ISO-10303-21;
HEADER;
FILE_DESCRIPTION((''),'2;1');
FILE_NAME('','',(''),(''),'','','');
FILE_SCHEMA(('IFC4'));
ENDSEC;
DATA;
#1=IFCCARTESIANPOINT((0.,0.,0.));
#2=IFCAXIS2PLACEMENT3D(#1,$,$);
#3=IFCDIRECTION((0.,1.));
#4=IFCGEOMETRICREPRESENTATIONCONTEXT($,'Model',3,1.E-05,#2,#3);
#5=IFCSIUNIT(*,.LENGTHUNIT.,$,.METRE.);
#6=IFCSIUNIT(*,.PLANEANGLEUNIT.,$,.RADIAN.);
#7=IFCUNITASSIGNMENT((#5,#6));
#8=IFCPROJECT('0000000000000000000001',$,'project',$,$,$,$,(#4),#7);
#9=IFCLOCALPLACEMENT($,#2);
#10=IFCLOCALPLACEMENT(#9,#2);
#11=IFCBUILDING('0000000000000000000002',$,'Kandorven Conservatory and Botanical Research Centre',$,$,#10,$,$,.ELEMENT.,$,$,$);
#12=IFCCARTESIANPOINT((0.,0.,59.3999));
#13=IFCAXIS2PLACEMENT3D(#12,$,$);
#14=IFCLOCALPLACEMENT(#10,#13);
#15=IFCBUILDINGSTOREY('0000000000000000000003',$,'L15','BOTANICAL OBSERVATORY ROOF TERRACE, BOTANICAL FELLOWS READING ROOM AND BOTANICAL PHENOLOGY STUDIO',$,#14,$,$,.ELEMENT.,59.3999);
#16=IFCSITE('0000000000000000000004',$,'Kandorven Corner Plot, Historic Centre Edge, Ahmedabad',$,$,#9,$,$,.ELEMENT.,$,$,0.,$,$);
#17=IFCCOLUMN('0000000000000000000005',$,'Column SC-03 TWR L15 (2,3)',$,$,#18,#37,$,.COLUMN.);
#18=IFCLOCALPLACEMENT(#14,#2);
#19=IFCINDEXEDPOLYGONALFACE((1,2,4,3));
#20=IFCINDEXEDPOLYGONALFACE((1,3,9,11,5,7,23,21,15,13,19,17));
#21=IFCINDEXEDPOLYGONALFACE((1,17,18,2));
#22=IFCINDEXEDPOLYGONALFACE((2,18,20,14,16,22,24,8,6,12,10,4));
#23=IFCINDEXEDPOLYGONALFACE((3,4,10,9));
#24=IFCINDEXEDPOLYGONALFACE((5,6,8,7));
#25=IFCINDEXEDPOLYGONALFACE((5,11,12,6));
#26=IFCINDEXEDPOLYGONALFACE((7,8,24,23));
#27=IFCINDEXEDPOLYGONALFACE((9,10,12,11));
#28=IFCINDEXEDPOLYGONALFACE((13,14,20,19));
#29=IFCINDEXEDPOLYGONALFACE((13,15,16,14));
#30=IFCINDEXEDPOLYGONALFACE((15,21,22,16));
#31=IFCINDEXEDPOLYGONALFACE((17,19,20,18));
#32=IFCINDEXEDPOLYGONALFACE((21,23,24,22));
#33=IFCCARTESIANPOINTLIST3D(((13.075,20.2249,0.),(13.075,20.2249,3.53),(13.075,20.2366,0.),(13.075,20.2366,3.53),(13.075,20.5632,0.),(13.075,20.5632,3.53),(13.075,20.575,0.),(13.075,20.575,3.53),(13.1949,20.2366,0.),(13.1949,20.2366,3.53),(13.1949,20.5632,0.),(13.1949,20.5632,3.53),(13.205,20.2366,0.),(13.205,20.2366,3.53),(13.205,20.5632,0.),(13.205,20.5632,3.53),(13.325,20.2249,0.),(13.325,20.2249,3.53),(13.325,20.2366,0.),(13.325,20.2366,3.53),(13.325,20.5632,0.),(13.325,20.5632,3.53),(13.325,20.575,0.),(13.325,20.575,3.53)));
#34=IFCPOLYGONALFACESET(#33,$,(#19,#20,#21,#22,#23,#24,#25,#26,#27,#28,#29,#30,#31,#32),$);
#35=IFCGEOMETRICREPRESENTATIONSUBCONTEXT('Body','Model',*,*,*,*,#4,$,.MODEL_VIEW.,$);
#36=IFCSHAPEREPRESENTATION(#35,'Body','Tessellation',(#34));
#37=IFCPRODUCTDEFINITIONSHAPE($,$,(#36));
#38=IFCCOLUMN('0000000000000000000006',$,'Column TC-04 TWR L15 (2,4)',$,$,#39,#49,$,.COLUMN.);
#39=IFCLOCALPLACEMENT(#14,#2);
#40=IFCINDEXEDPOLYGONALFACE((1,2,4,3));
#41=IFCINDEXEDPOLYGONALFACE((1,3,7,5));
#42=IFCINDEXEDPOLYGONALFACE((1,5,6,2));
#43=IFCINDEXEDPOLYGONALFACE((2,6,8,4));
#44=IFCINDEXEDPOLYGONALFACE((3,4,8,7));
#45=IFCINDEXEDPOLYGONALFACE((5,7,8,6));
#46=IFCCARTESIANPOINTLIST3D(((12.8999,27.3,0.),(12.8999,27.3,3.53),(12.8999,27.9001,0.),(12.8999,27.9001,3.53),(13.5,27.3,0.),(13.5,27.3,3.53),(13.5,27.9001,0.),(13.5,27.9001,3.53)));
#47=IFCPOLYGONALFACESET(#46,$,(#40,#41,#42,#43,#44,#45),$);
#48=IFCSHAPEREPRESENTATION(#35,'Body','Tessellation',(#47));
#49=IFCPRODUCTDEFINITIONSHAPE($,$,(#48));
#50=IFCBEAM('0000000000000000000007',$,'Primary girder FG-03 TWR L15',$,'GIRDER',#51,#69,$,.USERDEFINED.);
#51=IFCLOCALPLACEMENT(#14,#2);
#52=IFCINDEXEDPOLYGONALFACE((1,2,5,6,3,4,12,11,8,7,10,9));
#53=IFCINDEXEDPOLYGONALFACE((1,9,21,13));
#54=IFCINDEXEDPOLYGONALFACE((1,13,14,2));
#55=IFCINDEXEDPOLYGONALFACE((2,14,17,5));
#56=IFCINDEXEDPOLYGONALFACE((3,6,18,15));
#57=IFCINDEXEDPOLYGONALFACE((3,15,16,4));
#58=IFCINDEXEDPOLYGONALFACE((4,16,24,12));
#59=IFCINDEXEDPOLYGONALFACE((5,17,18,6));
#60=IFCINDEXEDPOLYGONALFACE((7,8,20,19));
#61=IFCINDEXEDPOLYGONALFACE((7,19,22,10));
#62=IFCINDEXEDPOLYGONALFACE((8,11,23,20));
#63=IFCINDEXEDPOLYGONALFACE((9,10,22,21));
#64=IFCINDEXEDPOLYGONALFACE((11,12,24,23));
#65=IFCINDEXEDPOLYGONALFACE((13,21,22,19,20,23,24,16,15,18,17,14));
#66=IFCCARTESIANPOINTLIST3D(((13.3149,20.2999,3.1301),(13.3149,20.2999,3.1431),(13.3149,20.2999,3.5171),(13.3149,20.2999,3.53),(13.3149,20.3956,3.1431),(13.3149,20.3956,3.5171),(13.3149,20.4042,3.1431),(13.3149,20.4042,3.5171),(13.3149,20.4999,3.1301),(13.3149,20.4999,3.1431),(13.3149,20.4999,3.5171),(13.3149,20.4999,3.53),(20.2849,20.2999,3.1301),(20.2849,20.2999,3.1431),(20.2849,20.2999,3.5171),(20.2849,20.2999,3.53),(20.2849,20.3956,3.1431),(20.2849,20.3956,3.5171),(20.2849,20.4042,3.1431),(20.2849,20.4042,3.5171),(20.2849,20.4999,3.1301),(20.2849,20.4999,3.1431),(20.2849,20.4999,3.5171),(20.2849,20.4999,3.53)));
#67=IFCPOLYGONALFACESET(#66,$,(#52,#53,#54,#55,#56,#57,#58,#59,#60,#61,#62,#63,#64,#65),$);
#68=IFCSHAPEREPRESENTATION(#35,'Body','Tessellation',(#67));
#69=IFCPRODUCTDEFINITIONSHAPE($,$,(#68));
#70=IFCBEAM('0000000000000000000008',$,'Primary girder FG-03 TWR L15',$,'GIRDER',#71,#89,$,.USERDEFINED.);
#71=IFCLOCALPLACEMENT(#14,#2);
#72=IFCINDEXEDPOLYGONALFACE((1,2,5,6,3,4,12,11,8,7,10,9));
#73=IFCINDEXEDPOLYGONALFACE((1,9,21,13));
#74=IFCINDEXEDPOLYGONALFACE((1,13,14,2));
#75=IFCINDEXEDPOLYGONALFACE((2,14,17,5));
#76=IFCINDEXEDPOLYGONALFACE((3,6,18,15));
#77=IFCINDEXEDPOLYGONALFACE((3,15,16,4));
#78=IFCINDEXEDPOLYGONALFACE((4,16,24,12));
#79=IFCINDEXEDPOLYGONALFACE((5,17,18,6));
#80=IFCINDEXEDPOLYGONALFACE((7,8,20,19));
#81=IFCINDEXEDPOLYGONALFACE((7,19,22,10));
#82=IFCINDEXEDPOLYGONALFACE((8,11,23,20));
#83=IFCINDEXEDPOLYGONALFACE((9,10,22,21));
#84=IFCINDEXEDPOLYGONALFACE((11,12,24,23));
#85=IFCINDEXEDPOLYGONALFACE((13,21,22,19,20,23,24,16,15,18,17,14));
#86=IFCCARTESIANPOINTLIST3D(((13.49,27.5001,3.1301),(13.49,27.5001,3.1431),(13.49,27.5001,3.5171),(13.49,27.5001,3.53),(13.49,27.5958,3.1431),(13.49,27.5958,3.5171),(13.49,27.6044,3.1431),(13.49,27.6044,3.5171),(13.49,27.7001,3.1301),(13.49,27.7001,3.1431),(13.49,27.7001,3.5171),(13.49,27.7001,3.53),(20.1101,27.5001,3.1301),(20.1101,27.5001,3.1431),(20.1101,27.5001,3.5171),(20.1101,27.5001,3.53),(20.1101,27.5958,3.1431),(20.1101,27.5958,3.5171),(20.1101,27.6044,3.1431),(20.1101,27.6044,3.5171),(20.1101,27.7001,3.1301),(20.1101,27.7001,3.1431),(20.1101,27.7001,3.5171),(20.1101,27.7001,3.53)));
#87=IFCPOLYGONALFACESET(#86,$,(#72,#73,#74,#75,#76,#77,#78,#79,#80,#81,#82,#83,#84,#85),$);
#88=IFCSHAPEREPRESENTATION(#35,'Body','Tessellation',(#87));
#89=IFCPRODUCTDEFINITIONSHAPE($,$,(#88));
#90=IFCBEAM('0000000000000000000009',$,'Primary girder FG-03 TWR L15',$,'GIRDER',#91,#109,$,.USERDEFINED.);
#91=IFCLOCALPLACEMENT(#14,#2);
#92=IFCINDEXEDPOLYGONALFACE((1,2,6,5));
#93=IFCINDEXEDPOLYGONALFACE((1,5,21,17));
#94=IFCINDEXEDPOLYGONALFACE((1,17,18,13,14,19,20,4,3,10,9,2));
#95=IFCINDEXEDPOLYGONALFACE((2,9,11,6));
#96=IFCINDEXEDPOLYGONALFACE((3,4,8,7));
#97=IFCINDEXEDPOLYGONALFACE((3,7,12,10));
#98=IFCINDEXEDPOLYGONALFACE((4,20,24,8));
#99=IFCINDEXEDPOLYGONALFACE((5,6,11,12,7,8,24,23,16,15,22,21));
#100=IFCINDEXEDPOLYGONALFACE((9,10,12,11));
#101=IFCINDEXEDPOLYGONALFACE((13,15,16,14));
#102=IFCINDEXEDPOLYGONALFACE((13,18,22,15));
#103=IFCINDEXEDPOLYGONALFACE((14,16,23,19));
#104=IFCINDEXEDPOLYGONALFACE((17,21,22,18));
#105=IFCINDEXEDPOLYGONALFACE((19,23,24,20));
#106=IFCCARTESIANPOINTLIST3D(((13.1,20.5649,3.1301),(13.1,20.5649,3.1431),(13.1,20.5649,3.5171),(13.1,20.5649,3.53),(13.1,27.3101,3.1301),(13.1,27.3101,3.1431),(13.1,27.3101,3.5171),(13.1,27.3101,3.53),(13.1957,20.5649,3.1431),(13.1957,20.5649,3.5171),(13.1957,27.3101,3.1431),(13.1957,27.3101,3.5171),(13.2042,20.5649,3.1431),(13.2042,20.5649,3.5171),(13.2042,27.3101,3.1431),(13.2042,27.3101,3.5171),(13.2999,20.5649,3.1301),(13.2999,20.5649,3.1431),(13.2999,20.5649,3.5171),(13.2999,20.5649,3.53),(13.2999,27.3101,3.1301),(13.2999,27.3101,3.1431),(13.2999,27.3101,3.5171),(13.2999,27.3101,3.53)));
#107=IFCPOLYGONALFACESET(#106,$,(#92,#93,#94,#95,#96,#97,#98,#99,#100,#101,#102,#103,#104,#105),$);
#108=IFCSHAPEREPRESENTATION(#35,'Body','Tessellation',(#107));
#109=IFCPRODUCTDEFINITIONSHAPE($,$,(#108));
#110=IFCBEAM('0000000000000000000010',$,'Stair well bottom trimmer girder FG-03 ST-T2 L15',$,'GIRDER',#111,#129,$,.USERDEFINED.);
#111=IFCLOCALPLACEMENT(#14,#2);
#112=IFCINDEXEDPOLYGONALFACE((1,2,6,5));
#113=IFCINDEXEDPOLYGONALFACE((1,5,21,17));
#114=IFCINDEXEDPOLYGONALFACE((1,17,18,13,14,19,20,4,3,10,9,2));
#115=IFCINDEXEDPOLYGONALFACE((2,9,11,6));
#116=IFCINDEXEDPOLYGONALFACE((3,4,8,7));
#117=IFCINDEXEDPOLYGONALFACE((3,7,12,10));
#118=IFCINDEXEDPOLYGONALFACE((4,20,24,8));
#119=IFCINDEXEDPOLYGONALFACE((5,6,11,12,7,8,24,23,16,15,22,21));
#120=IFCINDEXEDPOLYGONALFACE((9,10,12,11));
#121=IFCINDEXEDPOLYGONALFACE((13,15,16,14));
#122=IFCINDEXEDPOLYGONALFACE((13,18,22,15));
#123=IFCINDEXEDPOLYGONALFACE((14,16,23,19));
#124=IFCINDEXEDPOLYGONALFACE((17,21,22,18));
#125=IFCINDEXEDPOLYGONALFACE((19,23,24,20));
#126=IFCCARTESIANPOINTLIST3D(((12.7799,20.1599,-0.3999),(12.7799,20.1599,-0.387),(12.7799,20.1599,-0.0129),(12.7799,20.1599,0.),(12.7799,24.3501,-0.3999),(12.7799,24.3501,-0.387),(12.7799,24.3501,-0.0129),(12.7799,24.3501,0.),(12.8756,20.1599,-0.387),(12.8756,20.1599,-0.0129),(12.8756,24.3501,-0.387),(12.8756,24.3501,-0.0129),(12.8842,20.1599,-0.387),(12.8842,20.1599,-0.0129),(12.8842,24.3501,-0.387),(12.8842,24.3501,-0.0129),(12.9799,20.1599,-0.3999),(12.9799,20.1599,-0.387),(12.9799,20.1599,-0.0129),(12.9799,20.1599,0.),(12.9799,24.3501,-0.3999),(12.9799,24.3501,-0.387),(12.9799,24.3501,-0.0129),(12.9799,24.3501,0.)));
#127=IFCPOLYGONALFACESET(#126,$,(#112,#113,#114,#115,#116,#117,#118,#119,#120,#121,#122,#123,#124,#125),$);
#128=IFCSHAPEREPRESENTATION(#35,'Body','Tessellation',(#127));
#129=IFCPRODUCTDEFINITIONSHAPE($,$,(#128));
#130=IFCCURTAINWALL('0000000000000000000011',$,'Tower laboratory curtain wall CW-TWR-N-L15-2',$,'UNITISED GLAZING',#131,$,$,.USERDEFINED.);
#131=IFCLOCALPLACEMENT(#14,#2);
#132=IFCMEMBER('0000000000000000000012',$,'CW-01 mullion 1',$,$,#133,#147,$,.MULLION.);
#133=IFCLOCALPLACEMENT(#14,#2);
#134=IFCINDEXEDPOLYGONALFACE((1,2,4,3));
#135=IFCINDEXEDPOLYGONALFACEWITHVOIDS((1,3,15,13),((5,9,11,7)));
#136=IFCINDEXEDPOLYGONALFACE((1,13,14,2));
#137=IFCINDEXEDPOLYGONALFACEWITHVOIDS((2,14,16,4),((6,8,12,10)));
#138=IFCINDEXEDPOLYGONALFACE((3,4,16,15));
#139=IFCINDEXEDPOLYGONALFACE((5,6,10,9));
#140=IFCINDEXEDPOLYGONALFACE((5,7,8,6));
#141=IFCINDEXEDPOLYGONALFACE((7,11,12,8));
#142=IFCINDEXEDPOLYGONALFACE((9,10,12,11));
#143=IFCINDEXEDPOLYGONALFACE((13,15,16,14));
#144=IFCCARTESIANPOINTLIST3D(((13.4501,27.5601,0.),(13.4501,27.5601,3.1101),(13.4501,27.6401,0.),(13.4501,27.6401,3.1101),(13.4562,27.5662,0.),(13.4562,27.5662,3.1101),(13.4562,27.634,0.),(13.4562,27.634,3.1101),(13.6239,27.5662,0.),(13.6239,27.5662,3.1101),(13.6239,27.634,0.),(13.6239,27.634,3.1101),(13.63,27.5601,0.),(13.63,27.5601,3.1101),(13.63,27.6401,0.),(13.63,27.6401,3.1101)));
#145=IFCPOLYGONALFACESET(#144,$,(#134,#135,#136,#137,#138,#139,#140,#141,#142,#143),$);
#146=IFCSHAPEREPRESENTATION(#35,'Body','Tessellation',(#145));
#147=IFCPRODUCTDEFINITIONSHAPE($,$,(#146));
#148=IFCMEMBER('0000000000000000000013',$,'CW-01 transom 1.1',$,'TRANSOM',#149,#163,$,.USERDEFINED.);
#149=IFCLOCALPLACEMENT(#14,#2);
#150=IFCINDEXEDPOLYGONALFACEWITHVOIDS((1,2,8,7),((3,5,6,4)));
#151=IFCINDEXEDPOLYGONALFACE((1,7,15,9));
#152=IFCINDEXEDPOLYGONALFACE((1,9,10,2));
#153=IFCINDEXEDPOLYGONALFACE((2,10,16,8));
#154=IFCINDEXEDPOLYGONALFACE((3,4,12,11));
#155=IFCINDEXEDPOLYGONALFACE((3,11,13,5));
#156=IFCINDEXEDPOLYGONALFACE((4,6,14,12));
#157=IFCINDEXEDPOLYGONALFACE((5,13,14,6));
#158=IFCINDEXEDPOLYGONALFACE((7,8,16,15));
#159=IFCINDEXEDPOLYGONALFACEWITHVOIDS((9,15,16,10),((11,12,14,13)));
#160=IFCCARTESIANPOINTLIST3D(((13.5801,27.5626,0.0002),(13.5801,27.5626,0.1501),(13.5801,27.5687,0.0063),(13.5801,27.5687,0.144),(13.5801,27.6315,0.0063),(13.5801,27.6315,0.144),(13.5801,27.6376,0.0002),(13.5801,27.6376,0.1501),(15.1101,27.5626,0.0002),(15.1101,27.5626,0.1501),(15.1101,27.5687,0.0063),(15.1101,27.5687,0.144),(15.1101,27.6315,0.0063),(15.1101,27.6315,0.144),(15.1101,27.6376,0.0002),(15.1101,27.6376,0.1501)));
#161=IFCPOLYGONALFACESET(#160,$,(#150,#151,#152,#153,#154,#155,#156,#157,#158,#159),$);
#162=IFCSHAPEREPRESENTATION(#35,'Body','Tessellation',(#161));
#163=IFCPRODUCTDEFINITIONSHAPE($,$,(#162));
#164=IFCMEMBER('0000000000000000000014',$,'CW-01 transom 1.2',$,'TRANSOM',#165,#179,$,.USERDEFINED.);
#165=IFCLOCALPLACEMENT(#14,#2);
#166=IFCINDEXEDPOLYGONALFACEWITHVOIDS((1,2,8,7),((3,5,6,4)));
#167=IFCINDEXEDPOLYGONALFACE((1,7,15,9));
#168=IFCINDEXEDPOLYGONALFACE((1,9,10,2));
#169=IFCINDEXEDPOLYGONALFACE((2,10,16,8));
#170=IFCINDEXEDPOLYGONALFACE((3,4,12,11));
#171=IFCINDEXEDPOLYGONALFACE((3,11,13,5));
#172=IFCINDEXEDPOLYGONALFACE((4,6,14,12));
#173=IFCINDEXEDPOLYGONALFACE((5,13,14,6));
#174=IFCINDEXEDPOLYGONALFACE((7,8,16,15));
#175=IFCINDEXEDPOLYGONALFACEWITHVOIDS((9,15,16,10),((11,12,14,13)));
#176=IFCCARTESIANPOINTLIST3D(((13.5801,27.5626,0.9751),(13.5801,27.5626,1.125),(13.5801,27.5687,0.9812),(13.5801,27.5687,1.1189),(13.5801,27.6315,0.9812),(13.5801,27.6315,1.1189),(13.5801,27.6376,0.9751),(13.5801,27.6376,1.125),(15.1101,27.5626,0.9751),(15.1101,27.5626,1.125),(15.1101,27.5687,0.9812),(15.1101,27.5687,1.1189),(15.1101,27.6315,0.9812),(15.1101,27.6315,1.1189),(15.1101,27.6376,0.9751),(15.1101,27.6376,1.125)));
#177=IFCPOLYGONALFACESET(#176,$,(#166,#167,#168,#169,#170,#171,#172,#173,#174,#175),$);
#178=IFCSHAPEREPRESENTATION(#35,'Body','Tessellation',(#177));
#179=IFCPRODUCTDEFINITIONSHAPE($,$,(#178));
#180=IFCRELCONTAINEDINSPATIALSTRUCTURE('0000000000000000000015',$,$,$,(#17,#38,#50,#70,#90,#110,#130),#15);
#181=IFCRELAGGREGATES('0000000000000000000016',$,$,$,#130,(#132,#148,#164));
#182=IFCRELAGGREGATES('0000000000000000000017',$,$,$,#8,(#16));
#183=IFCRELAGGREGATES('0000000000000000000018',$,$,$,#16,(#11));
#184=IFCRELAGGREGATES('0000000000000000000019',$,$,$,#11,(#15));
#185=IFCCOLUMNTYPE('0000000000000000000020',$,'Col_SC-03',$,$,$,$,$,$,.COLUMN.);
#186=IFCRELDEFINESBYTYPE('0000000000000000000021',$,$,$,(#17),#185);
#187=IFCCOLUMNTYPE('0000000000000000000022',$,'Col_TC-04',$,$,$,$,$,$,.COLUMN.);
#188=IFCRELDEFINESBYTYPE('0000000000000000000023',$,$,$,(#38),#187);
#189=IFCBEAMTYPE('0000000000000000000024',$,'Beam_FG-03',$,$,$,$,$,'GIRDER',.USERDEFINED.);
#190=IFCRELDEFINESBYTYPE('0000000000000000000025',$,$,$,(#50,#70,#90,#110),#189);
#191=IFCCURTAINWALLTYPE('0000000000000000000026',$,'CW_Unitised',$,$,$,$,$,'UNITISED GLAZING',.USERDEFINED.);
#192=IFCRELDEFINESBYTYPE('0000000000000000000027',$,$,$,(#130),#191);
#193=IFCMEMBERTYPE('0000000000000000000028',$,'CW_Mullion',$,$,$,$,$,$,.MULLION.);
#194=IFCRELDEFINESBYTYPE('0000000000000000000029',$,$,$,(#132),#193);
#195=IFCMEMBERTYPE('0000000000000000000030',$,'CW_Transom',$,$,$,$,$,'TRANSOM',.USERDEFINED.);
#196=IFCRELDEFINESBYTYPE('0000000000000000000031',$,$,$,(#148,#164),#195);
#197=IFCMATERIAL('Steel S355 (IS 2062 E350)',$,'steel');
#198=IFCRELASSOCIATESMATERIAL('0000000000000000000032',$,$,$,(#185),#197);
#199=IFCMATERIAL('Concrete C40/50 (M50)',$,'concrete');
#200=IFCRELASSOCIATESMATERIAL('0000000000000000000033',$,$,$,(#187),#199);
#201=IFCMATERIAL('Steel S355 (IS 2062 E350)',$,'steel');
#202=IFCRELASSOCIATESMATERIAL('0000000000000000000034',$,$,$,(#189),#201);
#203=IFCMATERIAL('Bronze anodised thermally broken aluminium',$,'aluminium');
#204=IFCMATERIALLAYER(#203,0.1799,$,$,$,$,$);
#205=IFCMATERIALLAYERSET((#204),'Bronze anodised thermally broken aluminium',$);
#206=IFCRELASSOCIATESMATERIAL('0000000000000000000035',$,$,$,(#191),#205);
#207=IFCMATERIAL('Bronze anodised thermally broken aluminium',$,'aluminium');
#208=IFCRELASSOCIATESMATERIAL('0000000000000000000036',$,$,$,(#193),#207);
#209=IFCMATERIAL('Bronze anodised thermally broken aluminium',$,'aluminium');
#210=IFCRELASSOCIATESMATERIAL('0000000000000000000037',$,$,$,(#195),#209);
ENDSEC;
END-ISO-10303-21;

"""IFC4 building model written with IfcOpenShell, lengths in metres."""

from ifc_helpers import new_model, si_unit, direction, frame, origin, origin_2d, place, context, subcontext, project, spatial, rectangle, hollow_rectangle, i_section, extrude, material, layer, layer_set, material_profile, profile_set, type_object, element, aggregate, save


model = new_model("IFC4")

# Units and contexts
model_context = context("Model", 3, precision=1e-05, world=origin(), true_north=direction((0.0, 1.0)))
body_context = subcontext(model_context, "Body", "Model", "MODEL_VIEW")
ifc_project = project(units=[si_unit("LENGTHUNIT", "METRE"), si_unit("PLANEANGLEUNIT", "RADIAN")], contexts=[model_context])

# Site, building, storey
site_placement = place(None, origin())
site = spatial("IfcSite", under=ifc_project, at=site_placement, Name="Kandorven Corner Plot, Historic Centre Edge, Ahmedabad", CompositionType="ELEMENT", RefElevation=0.0)
building_placement = place(site_placement, origin())
building = spatial("IfcBuilding", under=site, at=building_placement, Name="Kandorven Conservatory and Botanical Research Centre", CompositionType="ELEMENT")
storey_placement = place(building_placement, frame((0.0, 0.0, 59.3999)))
storey = spatial("IfcBuildingStorey", under=building, at=storey_placement, Name="L15", Description="BOTANICAL OBSERVATORY ROOF TERRACE, BOTANICAL FELLOWS READING ROOM AND BOTANICAL PHENOLOGY STUDIO", CompositionType="ELEMENT", Elevation=59.3999)

# Columns
ifc_material_1 = material(Name="Steel S355 (IS 2062 E350)", Category="steel")
ifc_material_profile_1 = material_profile(ifc_material_1, i_section(OverallWidth=0.25, OverallDepth=0.3501, WebThickness=0.01, FlangeThickness=0.0117, at=origin_2d()))
ifc_profile_set_1 = profile_set([ifc_material_profile_1], Name="Steel S355 (IS 2062 E350)")
column_type_1 = type_object("IfcColumnType", Name="Col_SC-03", PredefinedType="COLUMN", material=ifc_profile_set_1)
column_1_placement = place(storey_placement, frame((13.2, 20.3999, 0.0), z_axis=(0.0, 0.0, 1.0), x_axis=(1.0, 0.0, 0.0)))
element("IfcColumn", 1, at=column_1_placement, inside=storey, type_object=column_type_1, Name="Column SC-03 TWR L15 (2,3)", PredefinedType="COLUMN", context=body_context, shape_type="SweptSolid", body=[
    extrude(i_section(OverallWidth=0.25, OverallDepth=0.3501, WebThickness=0.01, FlangeThickness=0.0117, at=origin_2d()), origin(), (0.0, 0.0, 1.0), 3.53),
])
ifc_material_2 = material(Name="Concrete C40/50 (M50)", Category="concrete")
ifc_material_profile_2 = material_profile(ifc_material_2, rectangle(XDim=0.6001, YDim=0.6001, at=origin_2d()))
ifc_profile_set_2 = profile_set([ifc_material_profile_2], Name="Concrete C40/50 (M50)")
column_type_2 = type_object("IfcColumnType", Name="Col_TC-04", PredefinedType="COLUMN", material=ifc_profile_set_2)
column_2_placement = place(storey_placement, frame((13.2, 27.6001, 0.0), z_axis=(0.0, 0.0, 1.0), x_axis=(1.0, 0.0, 0.0)))
element("IfcColumn", 2, at=column_2_placement, inside=storey, type_object=column_type_2, Name="Column TC-04 TWR L15 (2,4)", PredefinedType="COLUMN", context=body_context, shape_type="SweptSolid", body=[
    extrude(rectangle(XDim=0.6001, YDim=0.6001, at=origin_2d()), origin(), (0.0, 0.0, 1.0), 3.53),
])

# Beams
ifc_material_3 = material(Name="Steel S355 (IS 2062 E350)", Category="steel")
ifc_material_profile_3 = material_profile(ifc_material_3, i_section(OverallWidth=0.2, OverallDepth=0.3999, WebThickness=0.0085, FlangeThickness=0.0129, at=origin_2d()))
ifc_profile_set_3 = profile_set([ifc_material_profile_3], Name="Steel S355 (IS 2062 E350)")
beam_type = type_object("IfcBeamType", Name="Beam_FG-03", ElementType="GIRDER", PredefinedType="USERDEFINED", material=ifc_profile_set_3)
beam_1_placement = place(storey_placement, frame((13.3149, 20.3999, 3.3301), z_axis=(1.0, 0.0, 0.0), x_axis=(0.0, 1.0, 0.0)))
element("IfcBeam", 3, at=beam_1_placement, inside=storey, type_object=beam_type, Name="Primary girder FG-03 TWR L15", ObjectType="GIRDER", PredefinedType="USERDEFINED", context=body_context, shape_type="SweptSolid", body=[
    extrude(i_section(OverallWidth=0.2, OverallDepth=0.3999, WebThickness=0.0085, FlangeThickness=0.0129, at=origin_2d()), origin(), (0.0, 0.0, 1.0), 6.97),
])
beam_2_placement = place(storey_placement, frame((13.49, 27.6001, 3.3301), z_axis=(1.0, 0.0, 0.0), x_axis=(0.0, 1.0, 0.0)))
element("IfcBeam", 4, at=beam_2_placement, inside=storey, type_object=beam_type, Name="Primary girder FG-03 TWR L15", ObjectType="GIRDER", PredefinedType="USERDEFINED", context=body_context, shape_type="SweptSolid", body=[
    extrude(i_section(OverallWidth=0.2, OverallDepth=0.3999, WebThickness=0.0085, FlangeThickness=0.0129, at=origin_2d()), origin(), (0.0, 0.0, 1.0), 6.6201),
])
beam_3_placement = place(storey_placement, frame((13.2, 20.5649, 3.3301), z_axis=(0.0, 1.0, 0.0), x_axis=(-1.0, 0.0, 0.0)))
element("IfcBeam", 5, at=beam_3_placement, inside=storey, type_object=beam_type, Name="Primary girder FG-03 TWR L15", ObjectType="GIRDER", PredefinedType="USERDEFINED", context=body_context, shape_type="SweptSolid", body=[
    extrude(i_section(OverallWidth=0.2, OverallDepth=0.3999, WebThickness=0.0085, FlangeThickness=0.0129, at=origin_2d()), origin(), (0.0, 0.0, 1.0), 6.7451),
])
beam_4_placement = place(storey_placement, frame((12.8799, 24.3501, -0.2), z_axis=(0.0, -1.0, 0.0), x_axis=(1.0, 0.0, 0.0)))
element("IfcBeam", 6, at=beam_4_placement, inside=storey, type_object=beam_type, Name="Stair well bottom trimmer girder FG-03 ST-T2 L15", ObjectType="GIRDER", PredefinedType="USERDEFINED", context=body_context, shape_type="SweptSolid", body=[
    extrude(i_section(OverallWidth=0.2, OverallDepth=0.3999, WebThickness=0.0085, FlangeThickness=0.0129, at=origin_2d()), origin(), (0.0, 0.0, 1.0), 4.1902),
])

# Curtain wall, members
ifc_material_4 = material(Name="Bronze anodised thermally broken aluminium", Category="aluminium")
ifc_layer_1 = layer(ifc_material_4, 0.1799)
ifc_layer_set_1 = layer_set([ifc_layer_1], Name="Bronze anodised thermally broken aluminium")
curtain_wall_type = type_object("IfcCurtainWallType", Name="CW_Unitised", ElementType="UNITISED GLAZING", PredefinedType="USERDEFINED", material=ifc_layer_set_1)
curtain_wall_placement = place(storey_placement, origin())
curtain_wall = element("IfcCurtainWall", 7, at=curtain_wall_placement, inside=storey, type_object=curtain_wall_type, Name="Tower laboratory curtain wall CW-TWR-N-L15-2", ObjectType="UNITISED GLAZING", PredefinedType="USERDEFINED")
ifc_material_5 = material(Name="Bronze anodised thermally broken aluminium", Category="aluminium")
ifc_material_profile_4 = material_profile(ifc_material_5, hollow_rectangle(XDim=0.0801, YDim=0.1799, WallThickness=0.0061, at=origin_2d()))
ifc_profile_set_4 = profile_set([ifc_material_profile_4], Name="Bronze anodised thermally broken aluminium")
member_type_1 = type_object("IfcMemberType", Name="CW_Mullion", PredefinedType="MULLION", material=ifc_profile_set_4)
member_1_placement = place(storey_placement, frame((13.54, 27.6001, 0.0), z_axis=(0.0, 0.0, 1.0), x_axis=(0.0, 1.0, 0.0)))
member_1 = element("IfcMember", 8, at=member_1_placement, type_object=member_type_1, Name="CW-01 mullion 1", PredefinedType="MULLION", context=body_context, shape_type="SweptSolid", body=[
    extrude(hollow_rectangle(XDim=0.0801, YDim=0.1799, WallThickness=0.0061, at=origin_2d()), origin(), (0.0, 0.0, 1.0), 3.1101),
])
ifc_material_6 = material(Name="Bronze anodised thermally broken aluminium", Category="aluminium")
ifc_material_profile_5 = material_profile(ifc_material_6, hollow_rectangle(XDim=0.075, YDim=0.1499, WallThickness=0.0061, at=origin_2d()))
ifc_profile_set_5 = profile_set([ifc_material_profile_5], Name="Bronze anodised thermally broken aluminium")
member_type_2 = type_object("IfcMemberType", Name="CW_Transom", ElementType="TRANSOM", PredefinedType="USERDEFINED", material=ifc_profile_set_5)
member_2_placement = place(storey_placement, frame((13.5801, 27.6001, 0.0752), z_axis=(1.0, 0.0, 0.0), x_axis=(0.0, 1.0, 0.0)))
member_2 = element("IfcMember", 9, at=member_2_placement, type_object=member_type_2, Name="CW-01 transom 1.1", ObjectType="TRANSOM", PredefinedType="USERDEFINED", context=body_context, shape_type="SweptSolid", body=[
    extrude(hollow_rectangle(XDim=0.075, YDim=0.1499, WallThickness=0.0061, at=origin_2d()), origin(), (0.0, 0.0, 1.0), 1.53),
])
member_3_placement = place(storey_placement, frame((13.5801, 27.6001, 1.05), z_axis=(1.0, 0.0, 0.0), x_axis=(0.0, 1.0, 0.0)))
member_3 = element("IfcMember", 10, at=member_3_placement, type_object=member_type_2, Name="CW-01 transom 1.2", ObjectType="TRANSOM", PredefinedType="USERDEFINED", context=body_context, shape_type="SweptSolid", body=[
    extrude(hollow_rectangle(XDim=0.075, YDim=0.1499, WallThickness=0.0061, at=origin_2d()), origin(), (0.0, 0.0, 1.0), 1.53),
])
aggregate(curtain_wall, [member_1, member_2, member_3])

save(model, "model.ifc")
